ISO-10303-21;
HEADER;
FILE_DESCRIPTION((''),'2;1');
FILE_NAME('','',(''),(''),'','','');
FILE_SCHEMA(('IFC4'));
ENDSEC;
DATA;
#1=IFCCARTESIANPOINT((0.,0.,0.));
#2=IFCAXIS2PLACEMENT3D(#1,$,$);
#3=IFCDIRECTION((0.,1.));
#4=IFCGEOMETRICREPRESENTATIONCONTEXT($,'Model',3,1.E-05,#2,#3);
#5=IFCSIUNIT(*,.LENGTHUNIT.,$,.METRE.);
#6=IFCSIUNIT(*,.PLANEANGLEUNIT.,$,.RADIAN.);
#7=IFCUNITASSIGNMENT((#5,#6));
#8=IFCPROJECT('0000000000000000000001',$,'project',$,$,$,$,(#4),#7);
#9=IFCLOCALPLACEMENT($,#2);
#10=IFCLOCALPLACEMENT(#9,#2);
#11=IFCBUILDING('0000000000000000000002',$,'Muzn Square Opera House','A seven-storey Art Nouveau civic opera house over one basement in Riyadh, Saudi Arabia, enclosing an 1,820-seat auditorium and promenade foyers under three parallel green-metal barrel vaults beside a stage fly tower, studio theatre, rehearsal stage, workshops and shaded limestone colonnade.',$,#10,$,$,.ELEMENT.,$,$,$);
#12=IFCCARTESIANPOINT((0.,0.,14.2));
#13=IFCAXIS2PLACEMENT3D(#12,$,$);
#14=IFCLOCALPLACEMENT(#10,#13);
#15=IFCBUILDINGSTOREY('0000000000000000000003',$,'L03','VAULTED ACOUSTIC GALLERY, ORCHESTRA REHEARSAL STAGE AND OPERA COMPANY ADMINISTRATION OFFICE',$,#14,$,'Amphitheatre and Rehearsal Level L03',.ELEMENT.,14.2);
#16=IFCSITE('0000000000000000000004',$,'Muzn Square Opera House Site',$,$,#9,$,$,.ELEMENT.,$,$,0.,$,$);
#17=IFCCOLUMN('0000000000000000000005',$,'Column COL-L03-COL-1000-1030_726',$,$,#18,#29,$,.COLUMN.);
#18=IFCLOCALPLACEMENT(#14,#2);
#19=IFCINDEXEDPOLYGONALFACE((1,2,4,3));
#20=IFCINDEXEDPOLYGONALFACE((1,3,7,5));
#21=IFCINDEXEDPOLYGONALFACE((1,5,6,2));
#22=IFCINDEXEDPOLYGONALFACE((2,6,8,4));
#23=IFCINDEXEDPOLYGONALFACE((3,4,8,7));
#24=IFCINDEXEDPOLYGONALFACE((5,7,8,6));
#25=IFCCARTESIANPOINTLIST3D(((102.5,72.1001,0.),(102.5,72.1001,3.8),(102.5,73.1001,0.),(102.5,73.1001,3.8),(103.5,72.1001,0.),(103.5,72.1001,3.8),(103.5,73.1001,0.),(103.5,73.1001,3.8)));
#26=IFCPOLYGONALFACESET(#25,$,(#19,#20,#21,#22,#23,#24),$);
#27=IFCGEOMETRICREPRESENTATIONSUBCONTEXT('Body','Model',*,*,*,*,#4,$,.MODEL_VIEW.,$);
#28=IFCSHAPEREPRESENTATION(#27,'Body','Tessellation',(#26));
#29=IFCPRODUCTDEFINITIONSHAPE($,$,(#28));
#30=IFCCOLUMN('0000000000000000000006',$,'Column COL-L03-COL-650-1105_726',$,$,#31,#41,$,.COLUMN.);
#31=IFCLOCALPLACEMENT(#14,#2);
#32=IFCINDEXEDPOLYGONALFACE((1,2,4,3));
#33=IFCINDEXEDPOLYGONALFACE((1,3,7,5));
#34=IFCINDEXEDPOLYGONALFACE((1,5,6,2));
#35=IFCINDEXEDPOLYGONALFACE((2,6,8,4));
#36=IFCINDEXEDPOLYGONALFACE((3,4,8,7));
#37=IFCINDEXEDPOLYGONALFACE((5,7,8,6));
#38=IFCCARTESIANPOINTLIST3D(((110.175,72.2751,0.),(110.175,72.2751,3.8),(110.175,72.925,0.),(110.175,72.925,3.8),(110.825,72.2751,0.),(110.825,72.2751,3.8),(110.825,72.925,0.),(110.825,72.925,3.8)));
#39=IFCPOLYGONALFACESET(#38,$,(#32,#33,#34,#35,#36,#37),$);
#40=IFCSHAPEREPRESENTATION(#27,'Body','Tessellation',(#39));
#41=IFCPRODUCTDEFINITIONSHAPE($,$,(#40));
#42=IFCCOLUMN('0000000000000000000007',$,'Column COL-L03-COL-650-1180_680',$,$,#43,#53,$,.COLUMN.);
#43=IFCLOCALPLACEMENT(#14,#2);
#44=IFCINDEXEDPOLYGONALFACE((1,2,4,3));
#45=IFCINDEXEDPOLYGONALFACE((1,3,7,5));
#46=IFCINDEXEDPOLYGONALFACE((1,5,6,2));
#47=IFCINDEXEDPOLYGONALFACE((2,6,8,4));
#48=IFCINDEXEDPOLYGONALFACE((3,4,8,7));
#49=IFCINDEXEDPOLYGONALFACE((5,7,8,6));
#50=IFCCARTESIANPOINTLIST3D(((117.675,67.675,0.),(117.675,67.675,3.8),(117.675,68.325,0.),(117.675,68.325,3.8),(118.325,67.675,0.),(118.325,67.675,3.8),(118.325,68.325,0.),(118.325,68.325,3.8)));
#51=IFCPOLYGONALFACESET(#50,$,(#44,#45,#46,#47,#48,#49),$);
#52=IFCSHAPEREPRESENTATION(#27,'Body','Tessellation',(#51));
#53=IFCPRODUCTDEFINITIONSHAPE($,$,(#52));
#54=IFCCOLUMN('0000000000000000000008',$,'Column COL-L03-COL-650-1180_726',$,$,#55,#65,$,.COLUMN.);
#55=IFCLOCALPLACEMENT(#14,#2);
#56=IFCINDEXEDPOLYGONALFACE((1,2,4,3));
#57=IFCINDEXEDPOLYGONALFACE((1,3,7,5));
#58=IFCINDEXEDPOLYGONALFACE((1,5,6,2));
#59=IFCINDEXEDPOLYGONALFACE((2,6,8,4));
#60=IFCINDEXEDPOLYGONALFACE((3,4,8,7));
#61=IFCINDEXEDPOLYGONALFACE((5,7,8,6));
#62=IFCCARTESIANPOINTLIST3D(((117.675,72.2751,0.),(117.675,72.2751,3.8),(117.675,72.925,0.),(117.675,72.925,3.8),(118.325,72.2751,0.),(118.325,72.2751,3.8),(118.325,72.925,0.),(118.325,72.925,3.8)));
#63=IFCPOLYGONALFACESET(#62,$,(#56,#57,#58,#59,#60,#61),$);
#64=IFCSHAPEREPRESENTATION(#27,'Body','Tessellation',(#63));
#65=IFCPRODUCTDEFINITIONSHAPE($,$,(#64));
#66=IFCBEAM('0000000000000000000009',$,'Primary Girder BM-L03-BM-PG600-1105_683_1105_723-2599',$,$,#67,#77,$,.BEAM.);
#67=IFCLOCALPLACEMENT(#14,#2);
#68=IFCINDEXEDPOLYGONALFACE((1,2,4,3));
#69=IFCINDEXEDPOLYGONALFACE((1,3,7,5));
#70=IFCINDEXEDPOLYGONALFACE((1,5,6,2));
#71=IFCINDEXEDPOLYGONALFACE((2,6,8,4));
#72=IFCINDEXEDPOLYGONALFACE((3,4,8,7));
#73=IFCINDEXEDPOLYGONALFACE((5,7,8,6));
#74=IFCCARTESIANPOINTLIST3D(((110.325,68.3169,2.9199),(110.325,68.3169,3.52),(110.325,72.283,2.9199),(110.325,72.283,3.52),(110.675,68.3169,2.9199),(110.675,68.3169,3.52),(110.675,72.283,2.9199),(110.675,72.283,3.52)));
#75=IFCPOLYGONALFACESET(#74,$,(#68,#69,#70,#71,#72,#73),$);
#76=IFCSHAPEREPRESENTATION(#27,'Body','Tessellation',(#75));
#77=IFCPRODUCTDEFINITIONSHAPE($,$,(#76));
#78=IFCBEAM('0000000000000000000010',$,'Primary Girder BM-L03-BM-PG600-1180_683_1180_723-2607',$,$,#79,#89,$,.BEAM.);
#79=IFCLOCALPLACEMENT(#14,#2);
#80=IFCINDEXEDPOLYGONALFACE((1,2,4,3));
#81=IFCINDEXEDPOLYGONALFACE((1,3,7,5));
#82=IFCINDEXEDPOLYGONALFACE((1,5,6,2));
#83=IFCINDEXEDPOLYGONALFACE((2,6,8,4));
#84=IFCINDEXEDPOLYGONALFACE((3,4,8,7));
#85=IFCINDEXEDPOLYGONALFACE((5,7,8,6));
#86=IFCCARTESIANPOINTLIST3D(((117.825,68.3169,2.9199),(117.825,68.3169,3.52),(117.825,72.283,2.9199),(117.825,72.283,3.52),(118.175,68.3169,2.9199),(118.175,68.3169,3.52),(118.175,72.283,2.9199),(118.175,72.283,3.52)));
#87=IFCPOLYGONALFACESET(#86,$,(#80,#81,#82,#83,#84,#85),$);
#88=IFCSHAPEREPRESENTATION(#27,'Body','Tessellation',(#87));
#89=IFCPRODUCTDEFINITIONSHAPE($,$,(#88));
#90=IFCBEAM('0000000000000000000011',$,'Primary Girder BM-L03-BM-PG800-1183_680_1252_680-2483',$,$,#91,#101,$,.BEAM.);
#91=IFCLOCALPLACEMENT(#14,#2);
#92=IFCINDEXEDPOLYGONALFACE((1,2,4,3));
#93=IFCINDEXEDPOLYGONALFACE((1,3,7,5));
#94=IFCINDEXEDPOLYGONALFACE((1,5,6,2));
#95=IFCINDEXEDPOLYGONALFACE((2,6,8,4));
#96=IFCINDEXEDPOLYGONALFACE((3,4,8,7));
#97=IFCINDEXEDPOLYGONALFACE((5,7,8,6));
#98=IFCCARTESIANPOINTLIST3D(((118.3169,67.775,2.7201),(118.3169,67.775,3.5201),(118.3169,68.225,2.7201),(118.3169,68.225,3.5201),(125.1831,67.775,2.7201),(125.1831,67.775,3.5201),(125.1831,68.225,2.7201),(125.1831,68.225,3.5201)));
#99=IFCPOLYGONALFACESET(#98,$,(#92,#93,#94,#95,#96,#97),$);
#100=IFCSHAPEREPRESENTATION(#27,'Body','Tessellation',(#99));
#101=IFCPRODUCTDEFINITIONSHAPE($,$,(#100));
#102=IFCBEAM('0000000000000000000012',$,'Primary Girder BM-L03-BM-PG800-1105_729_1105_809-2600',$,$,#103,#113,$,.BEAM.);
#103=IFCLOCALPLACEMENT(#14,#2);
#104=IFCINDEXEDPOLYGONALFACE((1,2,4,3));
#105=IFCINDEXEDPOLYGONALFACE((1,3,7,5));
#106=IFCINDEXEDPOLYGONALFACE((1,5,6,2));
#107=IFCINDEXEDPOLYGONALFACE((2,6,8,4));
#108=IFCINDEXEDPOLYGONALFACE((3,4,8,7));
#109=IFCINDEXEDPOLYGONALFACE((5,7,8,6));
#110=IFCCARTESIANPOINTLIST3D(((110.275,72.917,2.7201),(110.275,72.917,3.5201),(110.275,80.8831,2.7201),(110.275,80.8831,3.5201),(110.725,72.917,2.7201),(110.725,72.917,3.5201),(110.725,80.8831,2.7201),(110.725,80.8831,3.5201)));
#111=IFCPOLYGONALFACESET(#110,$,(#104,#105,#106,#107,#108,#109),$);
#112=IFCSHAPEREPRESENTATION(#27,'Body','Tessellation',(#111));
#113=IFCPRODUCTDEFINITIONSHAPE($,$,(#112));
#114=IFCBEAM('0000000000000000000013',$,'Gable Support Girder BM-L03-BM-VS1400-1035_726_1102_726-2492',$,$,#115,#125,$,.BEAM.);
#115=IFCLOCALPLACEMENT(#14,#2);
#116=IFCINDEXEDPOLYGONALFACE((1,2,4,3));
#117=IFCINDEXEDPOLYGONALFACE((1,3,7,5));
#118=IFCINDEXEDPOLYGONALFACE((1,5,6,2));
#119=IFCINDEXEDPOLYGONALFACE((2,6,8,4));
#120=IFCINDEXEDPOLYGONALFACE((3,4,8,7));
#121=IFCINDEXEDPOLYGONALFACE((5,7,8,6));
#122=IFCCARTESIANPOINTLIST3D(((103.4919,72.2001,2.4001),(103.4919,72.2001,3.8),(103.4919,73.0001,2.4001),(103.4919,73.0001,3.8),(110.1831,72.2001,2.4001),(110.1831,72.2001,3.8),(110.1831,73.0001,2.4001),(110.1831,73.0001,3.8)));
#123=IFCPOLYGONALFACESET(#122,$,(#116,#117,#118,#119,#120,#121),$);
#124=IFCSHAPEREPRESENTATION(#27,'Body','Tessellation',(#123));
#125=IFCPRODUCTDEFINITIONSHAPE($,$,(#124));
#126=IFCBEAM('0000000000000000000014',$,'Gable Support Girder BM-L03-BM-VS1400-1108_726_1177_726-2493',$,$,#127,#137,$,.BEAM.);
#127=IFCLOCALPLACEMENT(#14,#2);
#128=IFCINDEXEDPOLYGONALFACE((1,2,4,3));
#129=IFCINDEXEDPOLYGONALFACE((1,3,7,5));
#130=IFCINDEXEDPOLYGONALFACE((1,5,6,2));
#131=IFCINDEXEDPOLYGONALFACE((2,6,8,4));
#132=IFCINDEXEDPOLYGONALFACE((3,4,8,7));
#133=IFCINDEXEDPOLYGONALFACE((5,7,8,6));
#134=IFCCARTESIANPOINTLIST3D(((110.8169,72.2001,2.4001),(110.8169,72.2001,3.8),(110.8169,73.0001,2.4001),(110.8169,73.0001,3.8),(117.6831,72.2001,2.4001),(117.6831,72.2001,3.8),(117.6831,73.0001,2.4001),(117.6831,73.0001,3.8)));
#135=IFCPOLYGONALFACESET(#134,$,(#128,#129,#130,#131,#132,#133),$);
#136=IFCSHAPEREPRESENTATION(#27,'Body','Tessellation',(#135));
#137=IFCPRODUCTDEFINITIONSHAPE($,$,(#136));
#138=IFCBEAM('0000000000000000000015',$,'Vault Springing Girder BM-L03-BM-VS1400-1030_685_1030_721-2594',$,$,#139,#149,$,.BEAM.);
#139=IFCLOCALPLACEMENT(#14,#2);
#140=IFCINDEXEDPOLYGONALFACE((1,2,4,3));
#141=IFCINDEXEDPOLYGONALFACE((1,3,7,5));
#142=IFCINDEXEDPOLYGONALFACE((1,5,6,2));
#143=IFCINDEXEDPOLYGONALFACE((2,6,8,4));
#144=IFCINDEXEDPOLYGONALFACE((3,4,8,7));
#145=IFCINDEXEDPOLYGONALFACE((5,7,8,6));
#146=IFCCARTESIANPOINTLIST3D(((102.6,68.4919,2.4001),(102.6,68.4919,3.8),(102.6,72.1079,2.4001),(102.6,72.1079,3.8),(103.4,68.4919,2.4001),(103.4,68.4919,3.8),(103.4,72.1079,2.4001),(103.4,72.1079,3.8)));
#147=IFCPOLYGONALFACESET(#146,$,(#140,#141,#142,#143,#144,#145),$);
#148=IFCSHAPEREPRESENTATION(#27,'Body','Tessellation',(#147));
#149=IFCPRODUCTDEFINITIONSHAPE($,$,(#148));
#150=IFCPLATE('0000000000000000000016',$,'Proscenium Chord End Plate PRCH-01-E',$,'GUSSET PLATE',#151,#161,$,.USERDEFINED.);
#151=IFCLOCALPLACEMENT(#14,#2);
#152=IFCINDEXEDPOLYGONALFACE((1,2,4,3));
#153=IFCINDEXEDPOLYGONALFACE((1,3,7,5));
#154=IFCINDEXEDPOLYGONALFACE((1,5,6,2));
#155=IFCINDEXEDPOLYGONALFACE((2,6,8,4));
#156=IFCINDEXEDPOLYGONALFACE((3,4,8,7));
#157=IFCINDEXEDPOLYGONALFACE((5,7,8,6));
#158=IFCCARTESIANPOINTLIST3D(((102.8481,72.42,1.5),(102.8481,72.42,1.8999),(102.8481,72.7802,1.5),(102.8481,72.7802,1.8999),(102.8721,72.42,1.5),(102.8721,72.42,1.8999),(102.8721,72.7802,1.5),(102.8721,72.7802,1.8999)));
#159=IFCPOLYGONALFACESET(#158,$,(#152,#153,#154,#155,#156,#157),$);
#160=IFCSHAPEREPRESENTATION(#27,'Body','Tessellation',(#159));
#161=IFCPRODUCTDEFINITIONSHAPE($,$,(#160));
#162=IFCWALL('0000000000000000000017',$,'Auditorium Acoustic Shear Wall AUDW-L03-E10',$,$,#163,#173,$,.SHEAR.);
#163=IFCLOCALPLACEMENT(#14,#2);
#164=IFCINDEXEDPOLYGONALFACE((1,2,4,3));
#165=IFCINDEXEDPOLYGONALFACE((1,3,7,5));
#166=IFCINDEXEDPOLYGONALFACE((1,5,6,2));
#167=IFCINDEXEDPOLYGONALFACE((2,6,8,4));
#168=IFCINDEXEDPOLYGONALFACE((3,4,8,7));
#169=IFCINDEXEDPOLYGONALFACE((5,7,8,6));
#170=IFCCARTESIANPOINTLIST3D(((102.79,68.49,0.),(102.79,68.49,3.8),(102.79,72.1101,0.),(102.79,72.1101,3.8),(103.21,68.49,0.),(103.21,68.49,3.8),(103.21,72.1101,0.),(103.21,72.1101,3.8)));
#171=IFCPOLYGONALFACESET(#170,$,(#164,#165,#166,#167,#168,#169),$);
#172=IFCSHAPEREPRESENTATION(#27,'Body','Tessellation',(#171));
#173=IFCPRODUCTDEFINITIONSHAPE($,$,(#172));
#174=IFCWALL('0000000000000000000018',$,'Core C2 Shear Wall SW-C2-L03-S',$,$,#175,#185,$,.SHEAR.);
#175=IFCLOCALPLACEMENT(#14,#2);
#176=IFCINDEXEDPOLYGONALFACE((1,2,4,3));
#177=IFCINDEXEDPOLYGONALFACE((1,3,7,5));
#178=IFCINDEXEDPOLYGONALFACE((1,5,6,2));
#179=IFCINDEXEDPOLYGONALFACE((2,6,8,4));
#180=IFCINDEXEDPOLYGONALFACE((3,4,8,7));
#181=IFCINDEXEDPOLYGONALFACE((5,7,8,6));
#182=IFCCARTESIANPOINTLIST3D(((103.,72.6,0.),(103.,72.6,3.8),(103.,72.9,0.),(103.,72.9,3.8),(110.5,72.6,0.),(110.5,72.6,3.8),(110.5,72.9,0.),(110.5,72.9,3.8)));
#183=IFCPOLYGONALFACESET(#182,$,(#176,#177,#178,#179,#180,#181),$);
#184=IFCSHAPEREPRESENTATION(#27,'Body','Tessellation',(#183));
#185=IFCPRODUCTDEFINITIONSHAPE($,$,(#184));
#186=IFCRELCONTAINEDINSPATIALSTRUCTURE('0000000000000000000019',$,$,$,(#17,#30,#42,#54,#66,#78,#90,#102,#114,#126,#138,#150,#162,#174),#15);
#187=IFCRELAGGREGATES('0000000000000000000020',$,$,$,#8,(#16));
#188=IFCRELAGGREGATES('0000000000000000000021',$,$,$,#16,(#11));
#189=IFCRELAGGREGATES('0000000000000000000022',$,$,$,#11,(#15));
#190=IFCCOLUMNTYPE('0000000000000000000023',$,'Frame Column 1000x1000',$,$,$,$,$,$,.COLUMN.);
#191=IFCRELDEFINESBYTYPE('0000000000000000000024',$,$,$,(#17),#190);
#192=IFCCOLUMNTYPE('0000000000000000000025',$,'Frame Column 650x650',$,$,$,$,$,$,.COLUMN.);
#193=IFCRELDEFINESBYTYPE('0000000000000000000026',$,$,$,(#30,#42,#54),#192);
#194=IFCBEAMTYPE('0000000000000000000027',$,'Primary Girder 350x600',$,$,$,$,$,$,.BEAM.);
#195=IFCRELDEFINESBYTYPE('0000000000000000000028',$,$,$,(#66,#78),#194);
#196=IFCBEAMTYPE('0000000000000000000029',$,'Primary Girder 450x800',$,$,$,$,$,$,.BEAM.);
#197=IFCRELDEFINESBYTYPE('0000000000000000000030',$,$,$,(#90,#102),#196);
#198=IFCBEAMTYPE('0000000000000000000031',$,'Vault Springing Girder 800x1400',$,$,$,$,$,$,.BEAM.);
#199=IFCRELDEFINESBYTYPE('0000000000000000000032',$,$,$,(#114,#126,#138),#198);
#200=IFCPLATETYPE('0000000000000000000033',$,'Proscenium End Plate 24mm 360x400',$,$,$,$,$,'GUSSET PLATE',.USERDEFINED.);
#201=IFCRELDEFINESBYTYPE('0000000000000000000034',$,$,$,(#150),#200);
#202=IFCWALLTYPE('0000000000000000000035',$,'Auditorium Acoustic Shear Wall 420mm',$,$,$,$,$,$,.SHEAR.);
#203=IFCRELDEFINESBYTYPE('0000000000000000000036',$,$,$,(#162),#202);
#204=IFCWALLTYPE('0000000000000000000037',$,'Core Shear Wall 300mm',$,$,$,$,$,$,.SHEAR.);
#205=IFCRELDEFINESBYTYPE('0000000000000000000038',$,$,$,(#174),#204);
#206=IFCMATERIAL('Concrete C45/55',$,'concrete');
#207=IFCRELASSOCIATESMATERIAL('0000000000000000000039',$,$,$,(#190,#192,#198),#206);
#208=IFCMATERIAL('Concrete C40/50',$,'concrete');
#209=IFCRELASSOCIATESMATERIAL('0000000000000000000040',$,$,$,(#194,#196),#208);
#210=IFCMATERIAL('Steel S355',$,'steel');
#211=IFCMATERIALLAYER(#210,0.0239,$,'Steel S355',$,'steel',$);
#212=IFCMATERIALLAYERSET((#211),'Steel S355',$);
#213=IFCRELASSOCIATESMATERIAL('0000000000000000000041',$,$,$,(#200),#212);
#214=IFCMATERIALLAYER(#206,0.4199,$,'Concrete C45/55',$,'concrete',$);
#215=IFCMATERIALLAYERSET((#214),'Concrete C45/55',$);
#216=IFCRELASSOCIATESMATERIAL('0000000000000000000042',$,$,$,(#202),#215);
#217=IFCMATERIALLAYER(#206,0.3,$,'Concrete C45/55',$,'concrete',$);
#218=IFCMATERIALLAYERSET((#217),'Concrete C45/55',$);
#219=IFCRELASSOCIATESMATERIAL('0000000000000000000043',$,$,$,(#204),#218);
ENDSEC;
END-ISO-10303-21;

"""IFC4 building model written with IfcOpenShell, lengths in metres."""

from ifc_helpers import new_model, si_unit, direction, frame, frame_2d, origin, origin_2d, place, context, subcontext, project, spatial, rectangle, extrude, material, layer, layer_set, material_profile, profile_set, type_object, element, save


model = new_model("IFC4")

# Units and contexts
model_context = context("Model", 3, precision=1e-05, world=origin(), true_north=direction((0.0, 1.0)))
body_context = subcontext(model_context, "Body", "Model", "MODEL_VIEW")
ifc_project = project(units=[si_unit("LENGTHUNIT", "METRE"), si_unit("PLANEANGLEUNIT", "RADIAN")], contexts=[model_context])

# Site, building, storey
site_placement = place(None, origin())
site = spatial("IfcSite", under=ifc_project, at=site_placement, Name="Muzn Square Opera House Site", CompositionType="ELEMENT", RefElevation=0.0)
building_placement = place(site_placement, origin())
building = spatial("IfcBuilding", under=site, at=building_placement, Name="Muzn Square Opera House", Description="A seven-storey Art Nouveau civic opera house over one basement in Riyadh, Saudi Arabia, enclosing an 1,820-seat auditorium and promenade foyers under three parallel green-metal barrel vaults beside a stage fly tower, studio theatre, rehearsal stage, workshops and shaded limestone colonnade.", CompositionType="ELEMENT")
storey_placement = place(building_placement, frame((0.0, 0.0, 14.2)))
storey = spatial("IfcBuildingStorey", under=building, at=storey_placement, Name="L03", Description="VAULTED ACOUSTIC GALLERY, ORCHESTRA REHEARSAL STAGE AND OPERA COMPANY ADMINISTRATION OFFICE", LongName="Amphitheatre and Rehearsal Level L03", CompositionType="ELEMENT", Elevation=14.2)

# Columns
ifc_material_1 = material(Name="Concrete C45/55", Category="concrete")
ifc_material_profile_1 = material_profile(ifc_material_1, rectangle(XDim=1.0, YDim=1.0, at=origin_2d()), Name="RC 1000x1000", Category="concrete")
ifc_profile_set_1 = profile_set([ifc_material_profile_1], Name="Concrete C45/55")
column_type_1 = type_object("IfcColumnType", Name="Frame Column 1000x1000", PredefinedType="COLUMN", material=ifc_profile_set_1)
column_placement = place(storey_placement, frame((103.0, 72.6001, 0.0), z_axis=(0.0, 0.0, 1.0), x_axis=(1.0, 0.0, 0.0)))
element("IfcColumn", 1, at=column_placement, inside=storey, type_object=column_type_1, Name="Column COL-L03-COL-1000-1030_726", PredefinedType="COLUMN", context=body_context, shape_type="SweptSolid", body=[
    extrude(rectangle(XDim=1.0, YDim=1.0, at=origin_2d()), origin(), (0.0, 0.0, 1.0), 3.8),
])
ifc_material_profile_2 = material_profile(ifc_material_1, rectangle(XDim=0.6499, YDim=0.6499, at=origin_2d()), Name="RC 650x650", Category="concrete")
ifc_profile_set_2 = profile_set([ifc_material_profile_2], Name="Concrete C45/55")
column_type_2 = type_object("IfcColumnType", Name="Frame Column 650x650", PredefinedType="COLUMN", material=ifc_profile_set_2)
for number, where, z_axis, x_axis, name in (
    (2, (110.5, 72.6001, 0.0), (0.0, 0.0, 1.0), (1.0, 0.0, 0.0), "Column COL-L03-COL-650-1105_726"),
    (3, (118.0, 68.0, 0.0), (0.0, 0.0, 1.0), (1.0, 0.0, 0.0), "Column COL-L03-COL-650-1180_680"),
    (4, (118.0, 72.6001, 0.0), (0.0, 0.0, 1.0), (1.0, 0.0, 0.0), "Column COL-L03-COL-650-1180_726"),
):
    element("IfcColumn", number, at=place(storey_placement, frame(where, z_axis=z_axis, x_axis=x_axis)), inside=storey, type_object=column_type_2, Name=name, PredefinedType="COLUMN", context=body_context, shape_type="SweptSolid", body=[
        extrude(rectangle(XDim=0.6499, YDim=0.6499, at=origin_2d()), origin(), (0.0, 0.0, 1.0), 3.8),
    ])

# Beams
ifc_material_2 = material(Name="Concrete C40/50", Category="concrete")
ifc_material_profile_3 = material_profile(ifc_material_2, rectangle(XDim=0.3501, YDim=0.6001, at=origin_2d()), Name="RCB 350x600", Category="concrete")
ifc_profile_set_3 = profile_set([ifc_material_profile_3], Name="Concrete C40/50")
beam_type_1 = type_object("IfcBeamType", Name="Primary Girder 350x600", PredefinedType="BEAM", material=ifc_profile_set_3)
for number, where, z_axis, x_axis, name in (
    (5, (110.5, 68.3169, 3.22), (0.0, 1.0, 0.0), (-1.0, 0.0, 0.0), "Primary Girder BM-L03-BM-PG600-1105_683_1105_723-2599"),
    (6, (118.0, 68.3169, 3.22), (0.0, 1.0, 0.0), (-1.0, 0.0, 0.0), "Primary Girder BM-L03-BM-PG600-1180_683_1180_723-2607"),
):
    element("IfcBeam", number, at=place(storey_placement, frame(where, z_axis=z_axis, x_axis=x_axis)), inside=storey, type_object=beam_type_1, Name=name, PredefinedType="BEAM", context=body_context, shape_type="SweptSolid", body=[
        extrude(rectangle(XDim=0.3501, YDim=0.6001, at=origin_2d()), origin(), (0.0, 0.0, 1.0), 3.9661),
    ])
ifc_material_profile_4 = material_profile(ifc_material_2, rectangle(XDim=0.45, YDim=0.8, at=origin_2d()), Name="RCB 450x800", Category="concrete")
ifc_profile_set_4 = profile_set([ifc_material_profile_4], Name="Concrete C40/50")
beam_type_2 = type_object("IfcBeamType", Name="Primary Girder 450x800", PredefinedType="BEAM", material=ifc_profile_set_4)
beam_1_placement = place(storey_placement, frame((118.3169, 68.0, 3.1201), z_axis=(1.0, 0.0, 0.0), x_axis=(0.0, 1.0, 0.0)))
element("IfcBeam", 7, at=beam_1_placement, inside=storey, type_object=beam_type_2, Name="Primary Girder BM-L03-BM-PG800-1183_680_1252_680-2483", PredefinedType="BEAM", context=body_context, shape_type="SweptSolid", body=[
    extrude(rectangle(XDim=0.45, YDim=0.8, at=origin_2d()), origin(), (0.0, 0.0, 1.0), 6.8662),
])
beam_2_placement = place(storey_placement, frame((110.5, 72.917, 3.1201), z_axis=(0.0, 1.0, 0.0), x_axis=(-1.0, 0.0, 0.0)))
element("IfcBeam", 8, at=beam_2_placement, inside=storey, type_object=beam_type_2, Name="Primary Girder BM-L03-BM-PG800-1105_729_1105_809-2600", PredefinedType="BEAM", context=body_context, shape_type="SweptSolid", body=[
    extrude(rectangle(XDim=0.45, YDim=0.8, at=origin_2d()), origin(), (0.0, 0.0, 1.0), 7.9661),
])
ifc_material_profile_5 = material_profile(ifc_material_1, rectangle(XDim=0.8, YDim=1.3999, at=origin_2d()), Name="RCB 800x1400", Category="concrete")
ifc_profile_set_5 = profile_set([ifc_material_profile_5], Name="Concrete C45/55")
beam_type_3 = type_object("IfcBeamType", Name="Vault Springing Girder 800x1400", PredefinedType="BEAM", material=ifc_profile_set_5)
beam_3_placement = place(storey_placement, frame((103.4919, 72.6001, 3.1001), z_axis=(1.0, 0.0, 0.0), x_axis=(0.0, 1.0, 0.0)))
element("IfcBeam", 9, at=beam_3_placement, inside=storey, type_object=beam_type_3, Name="Gable Support Girder BM-L03-BM-VS1400-1035_726_1102_726-2492", PredefinedType="BEAM", context=body_context, shape_type="SweptSolid", body=[
    extrude(rectangle(XDim=0.8, YDim=1.3999, at=origin_2d()), origin(), (0.0, 0.0, 1.0), 6.6912),
])
beam_4_placement = place(storey_placement, frame((110.8169, 72.6001, 3.1001), z_axis=(1.0, 0.0, 0.0), x_axis=(0.0, 1.0, 0.0)))
element("IfcBeam", 10, at=beam_4_placement, inside=storey, type_object=beam_type_3, Name="Gable Support Girder BM-L03-BM-VS1400-1108_726_1177_726-2493", PredefinedType="BEAM", context=body_context, shape_type="SweptSolid", body=[
    extrude(rectangle(XDim=0.8, YDim=1.3999, at=origin_2d()), origin(), (0.0, 0.0, 1.0), 6.8662),
])
beam_5_placement = place(storey_placement, frame((103.0, 68.4919, 3.1001), z_axis=(0.0, 1.0, 0.0), x_axis=(-1.0, 0.0, 0.0)))
element("IfcBeam", 11, at=beam_5_placement, inside=storey, type_object=beam_type_3, Name="Vault Springing Girder BM-L03-BM-VS1400-1030_685_1030_721-2594", PredefinedType="BEAM", context=body_context, shape_type="SweptSolid", body=[
    extrude(rectangle(XDim=0.8, YDim=1.3999, at=origin_2d()), origin(), (0.0, 0.0, 1.0), 3.616),
])

# Plate
ifc_material_3 = material(Name="Steel S355", Category="steel")
ifc_layer_1 = layer(ifc_material_3, 0.0239, Name="Steel S355", Category="steel")
ifc_layer_set_1 = layer_set([ifc_layer_1], Name="Steel S355")
plate_type = type_object("IfcPlateType", Name="Proscenium End Plate 24mm 360x400", ElementType="GUSSET PLATE", PredefinedType="USERDEFINED", material=ifc_layer_set_1)
plate_placement = place(storey_placement, frame((102.8601, 72.6001, 1.5), z_axis=(0.0, 0.0, 1.0), x_axis=(1.0, 0.0, 0.0)))
element("IfcPlate", 12, at=plate_placement, inside=storey, type_object=plate_type, Name="Proscenium Chord End Plate PRCH-01-E", ObjectType="GUSSET PLATE", PredefinedType="USERDEFINED", context=body_context, shape_type="SweptSolid", body=[
    extrude(rectangle(XDim=0.0239, YDim=0.3601, at=origin_2d()), origin(), (0.0, 0.0, 1.0), 0.3999),
])

# Walls
ifc_layer_2 = layer(ifc_material_1, 0.4199, Name="Concrete C45/55", Category="concrete")
ifc_layer_set_2 = layer_set([ifc_layer_2], Name="Concrete C45/55")
wall_type_1 = type_object("IfcWallType", Name="Auditorium Acoustic Shear Wall 420mm", PredefinedType="SHEAR", material=ifc_layer_set_2)
wall_1_placement = place(storey_placement, frame((103.0, 68.49, 0.0), z_axis=(0.0, 0.0, 1.0), x_axis=(0.0, 1.0, 0.0)))
element("IfcWall", 13, at=wall_1_placement, inside=storey, type_object=wall_type_1, Name="Auditorium Acoustic Shear Wall AUDW-L03-E10", PredefinedType="SHEAR", context=body_context, shape_type="SweptSolid", body=[
    extrude(rectangle(XDim=3.6201, YDim=0.4199, at=frame_2d((1.8101, 0.0))), origin(), (0.0, 0.0, 1.0), 3.8),
])
ifc_layer_3 = layer(ifc_material_1, 0.3, Name="Concrete C45/55", Category="concrete")
ifc_layer_set_3 = layer_set([ifc_layer_3], Name="Concrete C45/55")
wall_type_2 = type_object("IfcWallType", Name="Core Shear Wall 300mm", PredefinedType="SHEAR", material=ifc_layer_set_3)
wall_2_placement = place(storey_placement, frame((103.0, 72.75, 0.0), z_axis=(0.0, 0.0, 1.0), x_axis=(1.0, 0.0, 0.0)))
element("IfcWall", 14, at=wall_2_placement, inside=storey, type_object=wall_type_2, Name="Core C2 Shear Wall SW-C2-L03-S", PredefinedType="SHEAR", context=body_context, shape_type="SweptSolid", body=[
    extrude(rectangle(XDim=7.5, YDim=0.3, at=frame_2d((3.75, 0.0))), origin(), (0.0, 0.0, 1.0), 3.8),
])

save(model, "model.ifc")
